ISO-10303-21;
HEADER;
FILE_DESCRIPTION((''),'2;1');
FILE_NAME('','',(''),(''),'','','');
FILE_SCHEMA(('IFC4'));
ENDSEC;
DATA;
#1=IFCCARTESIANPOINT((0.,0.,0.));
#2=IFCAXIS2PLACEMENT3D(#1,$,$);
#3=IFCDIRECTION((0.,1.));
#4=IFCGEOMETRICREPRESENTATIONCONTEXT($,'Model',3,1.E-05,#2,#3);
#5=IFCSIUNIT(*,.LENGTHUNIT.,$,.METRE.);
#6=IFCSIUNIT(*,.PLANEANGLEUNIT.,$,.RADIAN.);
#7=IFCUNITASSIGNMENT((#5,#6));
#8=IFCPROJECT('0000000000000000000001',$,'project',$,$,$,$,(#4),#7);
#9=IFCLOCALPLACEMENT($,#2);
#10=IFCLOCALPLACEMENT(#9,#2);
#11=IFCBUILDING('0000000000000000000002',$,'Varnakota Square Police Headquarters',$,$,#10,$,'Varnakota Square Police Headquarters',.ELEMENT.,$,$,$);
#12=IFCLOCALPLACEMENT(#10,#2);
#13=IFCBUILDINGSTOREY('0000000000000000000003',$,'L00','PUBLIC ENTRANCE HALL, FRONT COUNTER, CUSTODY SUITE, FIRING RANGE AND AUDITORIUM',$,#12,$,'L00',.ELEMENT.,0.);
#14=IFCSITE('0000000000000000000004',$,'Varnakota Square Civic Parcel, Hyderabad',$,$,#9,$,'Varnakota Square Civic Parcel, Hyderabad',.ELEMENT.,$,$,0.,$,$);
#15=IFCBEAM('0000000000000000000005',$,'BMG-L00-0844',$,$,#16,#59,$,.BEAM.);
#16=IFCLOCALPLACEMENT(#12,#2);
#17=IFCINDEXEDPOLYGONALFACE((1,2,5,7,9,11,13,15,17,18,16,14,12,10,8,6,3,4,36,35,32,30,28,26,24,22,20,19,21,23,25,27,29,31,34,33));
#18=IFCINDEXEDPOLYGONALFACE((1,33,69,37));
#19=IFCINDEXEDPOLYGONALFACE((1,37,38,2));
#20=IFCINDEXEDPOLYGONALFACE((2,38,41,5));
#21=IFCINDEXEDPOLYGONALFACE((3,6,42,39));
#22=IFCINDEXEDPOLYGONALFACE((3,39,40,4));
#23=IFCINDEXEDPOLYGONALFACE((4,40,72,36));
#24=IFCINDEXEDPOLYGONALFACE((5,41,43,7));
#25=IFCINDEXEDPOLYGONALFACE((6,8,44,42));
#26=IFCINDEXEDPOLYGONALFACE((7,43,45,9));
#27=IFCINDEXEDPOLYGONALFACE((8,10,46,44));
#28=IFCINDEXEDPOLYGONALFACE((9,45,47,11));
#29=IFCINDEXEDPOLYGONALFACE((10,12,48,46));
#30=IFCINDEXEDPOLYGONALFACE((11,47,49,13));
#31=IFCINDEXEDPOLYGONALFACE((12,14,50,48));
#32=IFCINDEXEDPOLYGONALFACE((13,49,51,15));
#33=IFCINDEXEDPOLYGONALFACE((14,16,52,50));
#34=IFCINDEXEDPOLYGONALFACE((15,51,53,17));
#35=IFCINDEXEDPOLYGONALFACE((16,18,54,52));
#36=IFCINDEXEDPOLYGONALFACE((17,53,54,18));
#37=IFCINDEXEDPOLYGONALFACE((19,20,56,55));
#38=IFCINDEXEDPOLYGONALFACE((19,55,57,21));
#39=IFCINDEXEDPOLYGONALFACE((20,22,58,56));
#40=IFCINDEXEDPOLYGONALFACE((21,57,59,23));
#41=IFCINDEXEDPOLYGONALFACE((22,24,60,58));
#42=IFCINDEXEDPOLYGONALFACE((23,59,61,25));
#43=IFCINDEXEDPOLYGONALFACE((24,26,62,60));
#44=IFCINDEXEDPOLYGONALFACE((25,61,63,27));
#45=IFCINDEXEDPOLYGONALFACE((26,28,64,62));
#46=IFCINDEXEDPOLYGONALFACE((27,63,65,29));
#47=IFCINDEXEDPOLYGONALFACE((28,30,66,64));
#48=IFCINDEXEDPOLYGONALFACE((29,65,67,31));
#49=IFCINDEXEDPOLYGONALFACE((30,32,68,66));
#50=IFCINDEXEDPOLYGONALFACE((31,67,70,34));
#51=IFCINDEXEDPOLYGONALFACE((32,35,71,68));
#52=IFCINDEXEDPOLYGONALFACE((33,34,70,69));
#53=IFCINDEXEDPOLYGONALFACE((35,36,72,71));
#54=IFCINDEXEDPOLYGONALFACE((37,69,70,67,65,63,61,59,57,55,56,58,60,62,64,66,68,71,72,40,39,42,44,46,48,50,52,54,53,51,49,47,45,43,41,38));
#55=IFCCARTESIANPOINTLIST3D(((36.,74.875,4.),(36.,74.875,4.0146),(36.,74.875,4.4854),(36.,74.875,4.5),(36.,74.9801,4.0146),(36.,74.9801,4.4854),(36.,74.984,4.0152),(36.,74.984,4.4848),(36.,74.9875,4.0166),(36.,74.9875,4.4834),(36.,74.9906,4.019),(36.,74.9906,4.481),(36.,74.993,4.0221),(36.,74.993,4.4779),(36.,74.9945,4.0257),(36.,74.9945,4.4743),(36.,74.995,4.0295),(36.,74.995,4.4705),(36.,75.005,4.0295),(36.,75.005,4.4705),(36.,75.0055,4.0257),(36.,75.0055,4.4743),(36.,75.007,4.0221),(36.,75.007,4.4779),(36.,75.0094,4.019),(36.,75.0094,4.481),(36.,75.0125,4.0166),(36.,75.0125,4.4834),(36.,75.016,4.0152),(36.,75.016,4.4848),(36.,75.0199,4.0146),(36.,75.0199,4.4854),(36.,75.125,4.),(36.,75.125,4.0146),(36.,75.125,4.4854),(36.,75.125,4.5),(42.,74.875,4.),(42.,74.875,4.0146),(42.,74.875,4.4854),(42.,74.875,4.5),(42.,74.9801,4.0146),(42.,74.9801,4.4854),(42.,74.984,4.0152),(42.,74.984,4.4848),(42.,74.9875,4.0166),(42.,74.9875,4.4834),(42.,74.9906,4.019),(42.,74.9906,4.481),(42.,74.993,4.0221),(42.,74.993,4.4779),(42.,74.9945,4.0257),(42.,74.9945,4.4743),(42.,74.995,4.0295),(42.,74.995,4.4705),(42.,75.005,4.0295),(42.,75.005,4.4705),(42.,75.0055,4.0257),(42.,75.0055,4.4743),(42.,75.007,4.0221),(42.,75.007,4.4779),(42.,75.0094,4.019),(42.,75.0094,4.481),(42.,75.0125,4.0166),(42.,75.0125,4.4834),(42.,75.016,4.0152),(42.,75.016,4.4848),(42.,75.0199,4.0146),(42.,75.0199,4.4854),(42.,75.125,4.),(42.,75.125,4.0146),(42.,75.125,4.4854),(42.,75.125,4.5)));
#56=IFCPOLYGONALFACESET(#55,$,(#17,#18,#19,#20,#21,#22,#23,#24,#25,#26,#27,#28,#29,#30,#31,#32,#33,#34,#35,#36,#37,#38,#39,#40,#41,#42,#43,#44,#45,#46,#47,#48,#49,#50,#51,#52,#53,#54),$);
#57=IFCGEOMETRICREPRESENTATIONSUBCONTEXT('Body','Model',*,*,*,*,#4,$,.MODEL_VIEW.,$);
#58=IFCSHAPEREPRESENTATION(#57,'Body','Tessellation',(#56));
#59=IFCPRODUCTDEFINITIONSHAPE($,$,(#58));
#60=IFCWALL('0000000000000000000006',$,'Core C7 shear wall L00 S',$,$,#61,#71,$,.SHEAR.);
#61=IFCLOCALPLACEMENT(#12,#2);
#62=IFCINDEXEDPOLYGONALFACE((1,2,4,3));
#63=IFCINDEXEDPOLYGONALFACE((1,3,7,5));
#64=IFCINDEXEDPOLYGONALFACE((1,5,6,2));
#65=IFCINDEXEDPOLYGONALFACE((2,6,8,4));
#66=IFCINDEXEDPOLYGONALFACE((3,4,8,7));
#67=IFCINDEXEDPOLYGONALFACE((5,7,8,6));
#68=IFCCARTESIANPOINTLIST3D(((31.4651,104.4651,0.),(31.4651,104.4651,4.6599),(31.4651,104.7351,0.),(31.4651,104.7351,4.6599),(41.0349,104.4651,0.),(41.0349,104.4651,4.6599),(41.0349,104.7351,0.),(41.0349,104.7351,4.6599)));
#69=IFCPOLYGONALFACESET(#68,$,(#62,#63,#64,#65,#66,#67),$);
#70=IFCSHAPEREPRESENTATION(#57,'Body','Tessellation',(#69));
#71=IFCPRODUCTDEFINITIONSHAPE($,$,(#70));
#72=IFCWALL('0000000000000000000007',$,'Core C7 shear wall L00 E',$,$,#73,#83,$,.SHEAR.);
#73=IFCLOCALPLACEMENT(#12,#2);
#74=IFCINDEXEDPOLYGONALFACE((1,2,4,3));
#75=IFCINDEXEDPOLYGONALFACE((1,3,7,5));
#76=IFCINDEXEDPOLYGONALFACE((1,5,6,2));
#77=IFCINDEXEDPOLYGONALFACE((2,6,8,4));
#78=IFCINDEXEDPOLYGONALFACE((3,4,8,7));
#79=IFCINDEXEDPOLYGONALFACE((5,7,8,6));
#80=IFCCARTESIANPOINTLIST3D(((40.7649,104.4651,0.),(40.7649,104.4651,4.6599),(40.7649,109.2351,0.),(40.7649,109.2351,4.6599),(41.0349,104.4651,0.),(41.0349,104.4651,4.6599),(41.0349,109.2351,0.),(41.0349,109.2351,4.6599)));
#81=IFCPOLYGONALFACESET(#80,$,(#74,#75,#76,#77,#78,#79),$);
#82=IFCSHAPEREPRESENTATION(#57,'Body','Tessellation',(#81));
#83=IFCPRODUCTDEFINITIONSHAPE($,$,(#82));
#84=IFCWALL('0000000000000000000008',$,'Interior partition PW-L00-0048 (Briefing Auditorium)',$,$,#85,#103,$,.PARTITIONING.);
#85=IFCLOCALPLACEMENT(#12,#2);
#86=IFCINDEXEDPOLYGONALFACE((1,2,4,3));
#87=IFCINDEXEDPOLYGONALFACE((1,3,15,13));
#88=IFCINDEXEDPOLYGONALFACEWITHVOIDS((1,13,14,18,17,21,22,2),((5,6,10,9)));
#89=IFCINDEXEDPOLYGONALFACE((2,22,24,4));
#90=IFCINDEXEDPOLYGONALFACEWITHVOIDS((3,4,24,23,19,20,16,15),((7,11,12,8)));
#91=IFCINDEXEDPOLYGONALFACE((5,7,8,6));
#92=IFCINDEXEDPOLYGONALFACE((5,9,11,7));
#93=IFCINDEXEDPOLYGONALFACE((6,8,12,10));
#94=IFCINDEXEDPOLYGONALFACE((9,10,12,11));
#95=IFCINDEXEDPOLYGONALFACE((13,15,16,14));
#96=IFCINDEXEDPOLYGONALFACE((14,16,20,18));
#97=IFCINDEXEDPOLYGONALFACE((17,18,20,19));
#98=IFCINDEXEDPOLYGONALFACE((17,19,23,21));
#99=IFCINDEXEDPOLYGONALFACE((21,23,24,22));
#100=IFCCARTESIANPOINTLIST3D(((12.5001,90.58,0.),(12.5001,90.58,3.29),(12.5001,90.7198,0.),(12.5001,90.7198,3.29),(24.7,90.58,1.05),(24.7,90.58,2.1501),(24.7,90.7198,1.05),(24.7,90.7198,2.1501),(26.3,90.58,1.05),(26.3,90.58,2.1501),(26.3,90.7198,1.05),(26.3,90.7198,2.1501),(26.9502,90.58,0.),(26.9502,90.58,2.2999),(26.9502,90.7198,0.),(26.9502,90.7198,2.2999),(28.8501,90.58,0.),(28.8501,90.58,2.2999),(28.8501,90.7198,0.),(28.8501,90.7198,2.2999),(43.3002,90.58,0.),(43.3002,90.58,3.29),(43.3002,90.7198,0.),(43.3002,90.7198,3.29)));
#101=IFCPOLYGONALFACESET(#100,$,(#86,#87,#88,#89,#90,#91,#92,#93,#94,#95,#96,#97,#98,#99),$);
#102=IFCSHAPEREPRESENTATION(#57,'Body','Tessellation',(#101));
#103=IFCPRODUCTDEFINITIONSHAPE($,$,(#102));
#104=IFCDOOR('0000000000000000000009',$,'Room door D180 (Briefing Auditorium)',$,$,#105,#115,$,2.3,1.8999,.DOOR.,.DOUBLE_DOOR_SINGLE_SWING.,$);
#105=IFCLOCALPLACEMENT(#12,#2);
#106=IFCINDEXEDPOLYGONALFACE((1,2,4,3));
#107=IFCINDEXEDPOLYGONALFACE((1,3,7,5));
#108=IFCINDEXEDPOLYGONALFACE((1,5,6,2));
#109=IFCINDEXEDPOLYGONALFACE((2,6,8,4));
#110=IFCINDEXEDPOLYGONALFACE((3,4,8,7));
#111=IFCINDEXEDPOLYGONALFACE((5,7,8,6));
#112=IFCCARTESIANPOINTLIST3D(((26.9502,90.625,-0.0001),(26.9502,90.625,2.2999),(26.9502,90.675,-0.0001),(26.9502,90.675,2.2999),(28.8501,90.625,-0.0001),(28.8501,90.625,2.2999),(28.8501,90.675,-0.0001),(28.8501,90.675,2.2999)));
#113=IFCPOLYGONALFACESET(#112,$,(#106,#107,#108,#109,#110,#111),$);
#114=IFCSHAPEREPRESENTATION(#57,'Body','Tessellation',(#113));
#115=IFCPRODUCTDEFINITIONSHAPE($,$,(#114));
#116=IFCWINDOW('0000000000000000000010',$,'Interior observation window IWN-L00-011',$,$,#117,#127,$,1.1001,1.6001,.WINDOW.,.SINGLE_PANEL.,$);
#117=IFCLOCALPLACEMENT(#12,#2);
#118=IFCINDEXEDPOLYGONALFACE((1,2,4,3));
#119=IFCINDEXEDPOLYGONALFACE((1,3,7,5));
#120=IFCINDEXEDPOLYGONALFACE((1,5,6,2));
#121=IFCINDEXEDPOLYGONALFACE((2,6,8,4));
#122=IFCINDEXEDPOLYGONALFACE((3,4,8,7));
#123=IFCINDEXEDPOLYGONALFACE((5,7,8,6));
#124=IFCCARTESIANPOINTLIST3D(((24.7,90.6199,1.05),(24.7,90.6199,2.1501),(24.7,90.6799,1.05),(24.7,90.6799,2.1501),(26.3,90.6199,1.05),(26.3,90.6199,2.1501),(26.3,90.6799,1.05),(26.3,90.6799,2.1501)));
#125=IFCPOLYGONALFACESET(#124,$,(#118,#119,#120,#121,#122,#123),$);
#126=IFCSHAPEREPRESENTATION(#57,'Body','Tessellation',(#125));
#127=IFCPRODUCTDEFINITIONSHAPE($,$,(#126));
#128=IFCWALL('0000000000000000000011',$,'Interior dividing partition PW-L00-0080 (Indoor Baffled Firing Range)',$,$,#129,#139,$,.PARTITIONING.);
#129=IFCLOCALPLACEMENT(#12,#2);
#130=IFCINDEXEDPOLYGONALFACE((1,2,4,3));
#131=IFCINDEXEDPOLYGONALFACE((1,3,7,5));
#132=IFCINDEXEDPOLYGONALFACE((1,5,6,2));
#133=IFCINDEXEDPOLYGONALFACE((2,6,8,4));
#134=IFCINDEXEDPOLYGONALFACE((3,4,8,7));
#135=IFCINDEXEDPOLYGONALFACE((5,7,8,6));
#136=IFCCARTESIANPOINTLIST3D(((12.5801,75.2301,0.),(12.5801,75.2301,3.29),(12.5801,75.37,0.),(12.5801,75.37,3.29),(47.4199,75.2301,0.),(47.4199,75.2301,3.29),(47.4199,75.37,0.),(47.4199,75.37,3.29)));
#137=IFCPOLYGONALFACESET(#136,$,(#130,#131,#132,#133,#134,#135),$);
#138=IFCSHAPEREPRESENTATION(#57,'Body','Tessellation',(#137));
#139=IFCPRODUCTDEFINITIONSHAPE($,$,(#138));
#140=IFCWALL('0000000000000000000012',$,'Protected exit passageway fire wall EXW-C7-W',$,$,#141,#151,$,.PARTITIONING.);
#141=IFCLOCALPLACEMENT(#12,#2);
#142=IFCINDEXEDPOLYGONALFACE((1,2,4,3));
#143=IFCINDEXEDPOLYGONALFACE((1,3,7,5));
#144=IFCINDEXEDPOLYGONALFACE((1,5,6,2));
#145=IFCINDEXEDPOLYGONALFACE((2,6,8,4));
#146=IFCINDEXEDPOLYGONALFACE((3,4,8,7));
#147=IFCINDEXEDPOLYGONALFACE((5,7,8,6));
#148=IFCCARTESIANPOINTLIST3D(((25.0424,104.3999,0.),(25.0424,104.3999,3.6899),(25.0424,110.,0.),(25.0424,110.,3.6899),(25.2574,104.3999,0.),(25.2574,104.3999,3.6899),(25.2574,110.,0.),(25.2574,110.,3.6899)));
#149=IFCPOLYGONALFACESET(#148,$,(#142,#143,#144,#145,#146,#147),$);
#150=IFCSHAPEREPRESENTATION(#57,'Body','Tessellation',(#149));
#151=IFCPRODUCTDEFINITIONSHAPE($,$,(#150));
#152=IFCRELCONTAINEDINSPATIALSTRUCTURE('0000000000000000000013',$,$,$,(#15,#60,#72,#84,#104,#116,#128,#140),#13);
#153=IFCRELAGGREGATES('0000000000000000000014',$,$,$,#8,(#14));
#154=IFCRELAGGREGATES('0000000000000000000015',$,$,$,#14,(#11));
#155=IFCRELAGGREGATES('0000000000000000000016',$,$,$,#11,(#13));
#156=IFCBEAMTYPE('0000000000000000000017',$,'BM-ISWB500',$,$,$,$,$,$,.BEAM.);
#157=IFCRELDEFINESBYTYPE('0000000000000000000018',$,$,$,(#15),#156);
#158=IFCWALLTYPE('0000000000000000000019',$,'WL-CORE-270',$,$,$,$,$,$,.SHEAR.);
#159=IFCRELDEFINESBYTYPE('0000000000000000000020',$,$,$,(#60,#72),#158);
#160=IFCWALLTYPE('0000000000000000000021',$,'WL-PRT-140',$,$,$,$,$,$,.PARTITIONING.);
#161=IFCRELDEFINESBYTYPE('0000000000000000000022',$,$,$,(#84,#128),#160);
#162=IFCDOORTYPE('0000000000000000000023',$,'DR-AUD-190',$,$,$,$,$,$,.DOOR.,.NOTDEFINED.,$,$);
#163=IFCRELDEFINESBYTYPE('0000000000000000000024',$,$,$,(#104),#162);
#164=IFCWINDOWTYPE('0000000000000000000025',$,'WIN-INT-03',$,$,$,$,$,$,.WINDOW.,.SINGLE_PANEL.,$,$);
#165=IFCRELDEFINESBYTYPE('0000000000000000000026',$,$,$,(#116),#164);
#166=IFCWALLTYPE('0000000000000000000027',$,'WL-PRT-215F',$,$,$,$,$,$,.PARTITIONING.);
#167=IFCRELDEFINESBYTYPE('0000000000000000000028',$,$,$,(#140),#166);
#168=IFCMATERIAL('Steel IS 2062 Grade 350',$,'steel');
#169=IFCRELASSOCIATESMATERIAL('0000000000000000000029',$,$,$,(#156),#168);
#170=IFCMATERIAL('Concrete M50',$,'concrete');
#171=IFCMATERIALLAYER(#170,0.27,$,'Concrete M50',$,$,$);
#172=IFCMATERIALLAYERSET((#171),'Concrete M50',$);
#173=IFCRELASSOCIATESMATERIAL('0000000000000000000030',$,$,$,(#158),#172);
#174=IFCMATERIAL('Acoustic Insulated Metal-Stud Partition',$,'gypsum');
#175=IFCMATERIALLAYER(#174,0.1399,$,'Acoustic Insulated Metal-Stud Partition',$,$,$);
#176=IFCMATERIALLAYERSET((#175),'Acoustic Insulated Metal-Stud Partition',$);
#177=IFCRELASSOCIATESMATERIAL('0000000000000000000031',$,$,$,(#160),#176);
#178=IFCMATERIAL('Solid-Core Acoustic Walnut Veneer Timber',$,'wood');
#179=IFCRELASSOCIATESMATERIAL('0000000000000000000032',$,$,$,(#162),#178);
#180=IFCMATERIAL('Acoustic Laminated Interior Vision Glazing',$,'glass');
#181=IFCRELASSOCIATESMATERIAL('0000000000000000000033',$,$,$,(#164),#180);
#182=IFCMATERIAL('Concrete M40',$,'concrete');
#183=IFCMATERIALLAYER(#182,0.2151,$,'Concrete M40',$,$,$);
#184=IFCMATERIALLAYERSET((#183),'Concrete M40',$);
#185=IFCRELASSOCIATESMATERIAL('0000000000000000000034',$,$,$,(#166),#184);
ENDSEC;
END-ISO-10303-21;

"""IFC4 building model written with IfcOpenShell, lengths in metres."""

from ifc_helpers import new_model, si_unit, direction, frame, frame_2d, origin, origin_2d, place, context, subcontext, project, spatial, rectangle, i_section, extrude, material, layer, layer_set, material_profile, profile_set, type_object, element, fill, save


model = new_model("IFC4")

# Units and contexts
model_context = context("Model", 3, precision=1e-05, world=origin(), true_north=direction((0.0, 1.0)))
body_context = subcontext(model_context, "Body", "Model", "MODEL_VIEW")
ifc_project = project(units=[si_unit("LENGTHUNIT", "METRE"), si_unit("PLANEANGLEUNIT", "RADIAN")], contexts=[model_context])

# Site, building, storey
site_placement = place(None, origin())
site = spatial("IfcSite", under=ifc_project, at=site_placement, Name="Varnakota Square Civic Parcel, Hyderabad", LongName="Varnakota Square Civic Parcel, Hyderabad", CompositionType="ELEMENT", RefElevation=0.0)
building_placement = place(site_placement, origin())
building = spatial("IfcBuilding", under=site, at=building_placement, Name="Varnakota Square Police Headquarters", LongName="Varnakota Square Police Headquarters", CompositionType="ELEMENT")
storey_placement = place(building_placement, origin())
storey = spatial("IfcBuildingStorey", under=building, at=storey_placement, Name="L00", Description="PUBLIC ENTRANCE HALL, FRONT COUNTER, CUSTODY SUITE, FIRING RANGE AND AUDITORIUM", LongName="L00", CompositionType="ELEMENT", Elevation=0.0)

# Shared definitions
ifc_material_1 = material(Name="Concrete M50", Category="concrete")

# Beam
ifc_material_2 = material(Name="Steel IS 2062 Grade 350", Category="steel")
ifc_material_profile_1 = material_profile(ifc_material_2, i_section(OverallWidth=0.25, OverallDepth=0.5, WebThickness=0.01, FlangeThickness=0.0146, FilletRadius=0.0149, at=origin_2d()), Name="ISWB 500")
ifc_profile_set_1 = profile_set([ifc_material_profile_1], Name="Steel IS 2062 Grade 350")
beam_type_1 = type_object("IfcBeamType", Name="BM-ISWB500", PredefinedType="BEAM", material=ifc_profile_set_1)
beam_1_placement = place(storey_placement, frame((36.0, 75.0, 4.25), z_axis=(1.0, 0.0, 0.0), x_axis=(0.0, 1.0, 0.0)))
element("IfcBeam", 1, at=beam_1_placement, inside=storey, type_object=beam_type_1, Name="BMG-L00-0844", PredefinedType="BEAM", context=body_context, shape_type="SweptSolid", body=[
    extrude(i_section(OverallWidth=0.25, OverallDepth=0.5, WebThickness=0.01, FlangeThickness=0.0146, FilletRadius=0.0149, at=origin_2d()), origin(), (0.0, 0.0, 1.0), 6.0),
])

# Walls
ifc_layer_1 = layer(ifc_material_1, 0.27, Name="Concrete M50")
ifc_layer_set_1 = layer_set([ifc_layer_1], Name="Concrete M50")
wall_type_1 = type_object("IfcWallType", Name="WL-CORE-270", PredefinedType="SHEAR", material=ifc_layer_set_1)
wall_1_placement = place(storey_placement, frame((31.4651, 104.6001, 0.0), z_axis=(0.0, 0.0, 1.0), x_axis=(1.0, 0.0, 0.0)))
element("IfcWall", 2, at=wall_1_placement, inside=storey, type_object=wall_type_1, Name="Core C7 shear wall L00 S", PredefinedType="SHEAR", context=body_context, shape_type="SweptSolid", body=[
    extrude(rectangle(XDim=9.5698, YDim=0.27, at=frame_2d((4.7849, 0.0))), origin(), (0.0, 0.0, 1.0), 4.6599),
])
wall_2_placement = place(storey_placement, frame((40.8999, 104.4651, 0.0), z_axis=(0.0, 0.0, 1.0), x_axis=(0.0, 1.0, 0.0)))
element("IfcWall", 3, at=wall_2_placement, inside=storey, type_object=wall_type_1, Name="Core C7 shear wall L00 E", PredefinedType="SHEAR", context=body_context, shape_type="SweptSolid", body=[
    extrude(rectangle(XDim=4.77, YDim=0.27, at=frame_2d((2.385, 0.0))), origin(), (0.0, 0.0, 1.0), 4.6599),
])

# Wall, openings, door, window
ifc_material_3 = material(Name="Acoustic Insulated Metal-Stud Partition", Category="gypsum")
ifc_layer_2 = layer(ifc_material_3, 0.1399, Name="Acoustic Insulated Metal-Stud Partition")
ifc_layer_set_2 = layer_set([ifc_layer_2], Name="Acoustic Insulated Metal-Stud Partition")
wall_type_2 = type_object("IfcWallType", Name="WL-PRT-140", PredefinedType="PARTITIONING", material=ifc_layer_set_2)
wall_3_placement = place(storey_placement, frame((43.3, 90.6499, 0.0), z_axis=(0.0, 0.0, 1.0), x_axis=(-1.0, 0.0, 0.0)))
wall_3 = element("IfcWall", 4, at=wall_3_placement, inside=storey, type_object=wall_type_2, Name="Interior partition PW-L00-0048 (Briefing Auditorium)", PredefinedType="PARTITIONING", context=body_context, shape_type="SweptSolid", body=[
    extrude(rectangle(XDim=30.8, YDim=0.1399, at=frame_2d((15.3999, 0.0))), origin(), (0.0, 0.0, 1.0), 3.29),
])
opening_1_placement = place(wall_3_placement, frame((14.45, 0.0, 0.0)))
opening_1 = element("IfcOpeningElement", 5, at=opening_1_placement, cuts=wall_3, PredefinedType="OPENING", context=body_context, shape_type="SweptSolid", body=[
    extrude(rectangle(XDim=1.8999, YDim=2.3, at=frame_2d((0.95, 1.1499))), frame((0.0, 0.0798, 0.0), z_axis=(0.0, -1.0, 0.0), x_axis=(1.0, 0.0, 0.0)), (0.0, 0.0, 1.0), 0.1599),
])
opening_2_placement = place(wall_3_placement, frame((17.0, 0.0, 1.05)))
opening_2 = element("IfcOpeningElement", 6, at=opening_2_placement, cuts=wall_3, PredefinedType="OPENING", context=body_context, shape_type="SweptSolid", body=[
    extrude(rectangle(XDim=1.6001, YDim=1.1001, at=frame_2d((0.8, 0.55))), frame((0.0, 0.0798, 0.0), z_axis=(0.0, -1.0, 0.0), x_axis=(1.0, 0.0, 0.0)), (0.0, 0.0, 1.0), 0.1599),
])
ifc_material_4 = material(Name="Solid-Core Acoustic Walnut Veneer Timber", Category="wood")
door_type_1 = type_object("IfcDoorType", Name="DR-AUD-190", OperationType="NOTDEFINED", PredefinedType="DOOR", material=ifc_material_4)
door_1_placement = place(opening_1_placement, origin())
door_1 = element("IfcDoor", 7, at=door_1_placement, inside=storey, type_object=door_type_1, Name="Room door D180 (Briefing Auditorium)", OperationType="DOUBLE_DOOR_SINGLE_SWING", OverallHeight=2.3, OverallWidth=1.8999, PredefinedType="DOOR", context=body_context, shape_type="SweptSolid", body=[
    extrude(rectangle(XDim=1.8999, YDim=2.3, at=frame_2d((0.95, 1.1499))), frame((0.0, 0.0249, 0.0), z_axis=(0.0, -1.0, 0.0), x_axis=(1.0, 0.0, 0.0)), (0.0, 0.0, 1.0), 0.05),
])
fill(opening_1, door_1)
ifc_material_5 = material(Name="Acoustic Laminated Interior Vision Glazing", Category="glass")
window_type = type_object("IfcWindowType", Name="WIN-INT-03", PartitioningType="SINGLE_PANEL", PredefinedType="WINDOW", material=ifc_material_5)
window_placement = place(opening_2_placement, origin())
window = element("IfcWindow", 8, at=window_placement, inside=storey, type_object=window_type, Name="Interior observation window IWN-L00-011", OverallHeight=1.1001, OverallWidth=1.6001, PartitioningType="SINGLE_PANEL", PredefinedType="WINDOW", context=body_context, shape_type="SweptSolid", body=[
    extrude(rectangle(XDim=1.6001, YDim=1.1001, at=frame_2d((0.8, 0.55))), frame((0.0, 0.03, 0.0), z_axis=(0.0, -1.0, 0.0), x_axis=(1.0, 0.0, 0.0)), (0.0, 0.0, 1.0), 0.0601),
])
fill(opening_2, window)

# Wall
wall_4_placement = place(storey_placement, frame((47.4199, 75.3, 0.0), z_axis=(0.0, 0.0, 1.0), x_axis=(-1.0, 0.0, 0.0)))
element("IfcWall", 9, at=wall_4_placement, inside=storey, type_object=wall_type_2, Name="Interior dividing partition PW-L00-0080 (Indoor Baffled Firing Range)", PredefinedType="PARTITIONING", context=body_context, shape_type="SweptSolid", body=[
    extrude(rectangle(XDim=34.8398, YDim=0.1399, at=frame_2d((17.4199, 0.0))), origin(), (0.0, 0.0, 1.0), 3.29),
])

# Shared definitions
ifc_material_6 = material(Name="Concrete M40", Category="concrete")
ifc_layer_3 = layer(ifc_material_6, 0.2151, Name="Concrete M40")
ifc_layer_set_3 = layer_set([ifc_layer_3], Name="Concrete M40")
wall_type_3 = type_object("IfcWallType", Name="WL-PRT-215F", PredefinedType="PARTITIONING", material=ifc_layer_set_3)

# Wall
wall_5_placement = place(storey_placement, frame((25.1499, 104.3999, 0.0), z_axis=(0.0, 0.0, 1.0), x_axis=(0.0, 1.0, 0.0)))
element("IfcWall", 10, at=wall_5_placement, inside=storey, type_object=wall_type_3, Name="Protected exit passageway fire wall EXW-C7-W", PredefinedType="PARTITIONING", context=body_context, shape_type="SweptSolid", body=[
    extrude(rectangle(XDim=5.6001, YDim=0.2151, at=frame_2d((2.8, 0.0))), origin(), (0.0, 0.0, 1.0), 3.6899),
])

save(model, "model.ifc")
